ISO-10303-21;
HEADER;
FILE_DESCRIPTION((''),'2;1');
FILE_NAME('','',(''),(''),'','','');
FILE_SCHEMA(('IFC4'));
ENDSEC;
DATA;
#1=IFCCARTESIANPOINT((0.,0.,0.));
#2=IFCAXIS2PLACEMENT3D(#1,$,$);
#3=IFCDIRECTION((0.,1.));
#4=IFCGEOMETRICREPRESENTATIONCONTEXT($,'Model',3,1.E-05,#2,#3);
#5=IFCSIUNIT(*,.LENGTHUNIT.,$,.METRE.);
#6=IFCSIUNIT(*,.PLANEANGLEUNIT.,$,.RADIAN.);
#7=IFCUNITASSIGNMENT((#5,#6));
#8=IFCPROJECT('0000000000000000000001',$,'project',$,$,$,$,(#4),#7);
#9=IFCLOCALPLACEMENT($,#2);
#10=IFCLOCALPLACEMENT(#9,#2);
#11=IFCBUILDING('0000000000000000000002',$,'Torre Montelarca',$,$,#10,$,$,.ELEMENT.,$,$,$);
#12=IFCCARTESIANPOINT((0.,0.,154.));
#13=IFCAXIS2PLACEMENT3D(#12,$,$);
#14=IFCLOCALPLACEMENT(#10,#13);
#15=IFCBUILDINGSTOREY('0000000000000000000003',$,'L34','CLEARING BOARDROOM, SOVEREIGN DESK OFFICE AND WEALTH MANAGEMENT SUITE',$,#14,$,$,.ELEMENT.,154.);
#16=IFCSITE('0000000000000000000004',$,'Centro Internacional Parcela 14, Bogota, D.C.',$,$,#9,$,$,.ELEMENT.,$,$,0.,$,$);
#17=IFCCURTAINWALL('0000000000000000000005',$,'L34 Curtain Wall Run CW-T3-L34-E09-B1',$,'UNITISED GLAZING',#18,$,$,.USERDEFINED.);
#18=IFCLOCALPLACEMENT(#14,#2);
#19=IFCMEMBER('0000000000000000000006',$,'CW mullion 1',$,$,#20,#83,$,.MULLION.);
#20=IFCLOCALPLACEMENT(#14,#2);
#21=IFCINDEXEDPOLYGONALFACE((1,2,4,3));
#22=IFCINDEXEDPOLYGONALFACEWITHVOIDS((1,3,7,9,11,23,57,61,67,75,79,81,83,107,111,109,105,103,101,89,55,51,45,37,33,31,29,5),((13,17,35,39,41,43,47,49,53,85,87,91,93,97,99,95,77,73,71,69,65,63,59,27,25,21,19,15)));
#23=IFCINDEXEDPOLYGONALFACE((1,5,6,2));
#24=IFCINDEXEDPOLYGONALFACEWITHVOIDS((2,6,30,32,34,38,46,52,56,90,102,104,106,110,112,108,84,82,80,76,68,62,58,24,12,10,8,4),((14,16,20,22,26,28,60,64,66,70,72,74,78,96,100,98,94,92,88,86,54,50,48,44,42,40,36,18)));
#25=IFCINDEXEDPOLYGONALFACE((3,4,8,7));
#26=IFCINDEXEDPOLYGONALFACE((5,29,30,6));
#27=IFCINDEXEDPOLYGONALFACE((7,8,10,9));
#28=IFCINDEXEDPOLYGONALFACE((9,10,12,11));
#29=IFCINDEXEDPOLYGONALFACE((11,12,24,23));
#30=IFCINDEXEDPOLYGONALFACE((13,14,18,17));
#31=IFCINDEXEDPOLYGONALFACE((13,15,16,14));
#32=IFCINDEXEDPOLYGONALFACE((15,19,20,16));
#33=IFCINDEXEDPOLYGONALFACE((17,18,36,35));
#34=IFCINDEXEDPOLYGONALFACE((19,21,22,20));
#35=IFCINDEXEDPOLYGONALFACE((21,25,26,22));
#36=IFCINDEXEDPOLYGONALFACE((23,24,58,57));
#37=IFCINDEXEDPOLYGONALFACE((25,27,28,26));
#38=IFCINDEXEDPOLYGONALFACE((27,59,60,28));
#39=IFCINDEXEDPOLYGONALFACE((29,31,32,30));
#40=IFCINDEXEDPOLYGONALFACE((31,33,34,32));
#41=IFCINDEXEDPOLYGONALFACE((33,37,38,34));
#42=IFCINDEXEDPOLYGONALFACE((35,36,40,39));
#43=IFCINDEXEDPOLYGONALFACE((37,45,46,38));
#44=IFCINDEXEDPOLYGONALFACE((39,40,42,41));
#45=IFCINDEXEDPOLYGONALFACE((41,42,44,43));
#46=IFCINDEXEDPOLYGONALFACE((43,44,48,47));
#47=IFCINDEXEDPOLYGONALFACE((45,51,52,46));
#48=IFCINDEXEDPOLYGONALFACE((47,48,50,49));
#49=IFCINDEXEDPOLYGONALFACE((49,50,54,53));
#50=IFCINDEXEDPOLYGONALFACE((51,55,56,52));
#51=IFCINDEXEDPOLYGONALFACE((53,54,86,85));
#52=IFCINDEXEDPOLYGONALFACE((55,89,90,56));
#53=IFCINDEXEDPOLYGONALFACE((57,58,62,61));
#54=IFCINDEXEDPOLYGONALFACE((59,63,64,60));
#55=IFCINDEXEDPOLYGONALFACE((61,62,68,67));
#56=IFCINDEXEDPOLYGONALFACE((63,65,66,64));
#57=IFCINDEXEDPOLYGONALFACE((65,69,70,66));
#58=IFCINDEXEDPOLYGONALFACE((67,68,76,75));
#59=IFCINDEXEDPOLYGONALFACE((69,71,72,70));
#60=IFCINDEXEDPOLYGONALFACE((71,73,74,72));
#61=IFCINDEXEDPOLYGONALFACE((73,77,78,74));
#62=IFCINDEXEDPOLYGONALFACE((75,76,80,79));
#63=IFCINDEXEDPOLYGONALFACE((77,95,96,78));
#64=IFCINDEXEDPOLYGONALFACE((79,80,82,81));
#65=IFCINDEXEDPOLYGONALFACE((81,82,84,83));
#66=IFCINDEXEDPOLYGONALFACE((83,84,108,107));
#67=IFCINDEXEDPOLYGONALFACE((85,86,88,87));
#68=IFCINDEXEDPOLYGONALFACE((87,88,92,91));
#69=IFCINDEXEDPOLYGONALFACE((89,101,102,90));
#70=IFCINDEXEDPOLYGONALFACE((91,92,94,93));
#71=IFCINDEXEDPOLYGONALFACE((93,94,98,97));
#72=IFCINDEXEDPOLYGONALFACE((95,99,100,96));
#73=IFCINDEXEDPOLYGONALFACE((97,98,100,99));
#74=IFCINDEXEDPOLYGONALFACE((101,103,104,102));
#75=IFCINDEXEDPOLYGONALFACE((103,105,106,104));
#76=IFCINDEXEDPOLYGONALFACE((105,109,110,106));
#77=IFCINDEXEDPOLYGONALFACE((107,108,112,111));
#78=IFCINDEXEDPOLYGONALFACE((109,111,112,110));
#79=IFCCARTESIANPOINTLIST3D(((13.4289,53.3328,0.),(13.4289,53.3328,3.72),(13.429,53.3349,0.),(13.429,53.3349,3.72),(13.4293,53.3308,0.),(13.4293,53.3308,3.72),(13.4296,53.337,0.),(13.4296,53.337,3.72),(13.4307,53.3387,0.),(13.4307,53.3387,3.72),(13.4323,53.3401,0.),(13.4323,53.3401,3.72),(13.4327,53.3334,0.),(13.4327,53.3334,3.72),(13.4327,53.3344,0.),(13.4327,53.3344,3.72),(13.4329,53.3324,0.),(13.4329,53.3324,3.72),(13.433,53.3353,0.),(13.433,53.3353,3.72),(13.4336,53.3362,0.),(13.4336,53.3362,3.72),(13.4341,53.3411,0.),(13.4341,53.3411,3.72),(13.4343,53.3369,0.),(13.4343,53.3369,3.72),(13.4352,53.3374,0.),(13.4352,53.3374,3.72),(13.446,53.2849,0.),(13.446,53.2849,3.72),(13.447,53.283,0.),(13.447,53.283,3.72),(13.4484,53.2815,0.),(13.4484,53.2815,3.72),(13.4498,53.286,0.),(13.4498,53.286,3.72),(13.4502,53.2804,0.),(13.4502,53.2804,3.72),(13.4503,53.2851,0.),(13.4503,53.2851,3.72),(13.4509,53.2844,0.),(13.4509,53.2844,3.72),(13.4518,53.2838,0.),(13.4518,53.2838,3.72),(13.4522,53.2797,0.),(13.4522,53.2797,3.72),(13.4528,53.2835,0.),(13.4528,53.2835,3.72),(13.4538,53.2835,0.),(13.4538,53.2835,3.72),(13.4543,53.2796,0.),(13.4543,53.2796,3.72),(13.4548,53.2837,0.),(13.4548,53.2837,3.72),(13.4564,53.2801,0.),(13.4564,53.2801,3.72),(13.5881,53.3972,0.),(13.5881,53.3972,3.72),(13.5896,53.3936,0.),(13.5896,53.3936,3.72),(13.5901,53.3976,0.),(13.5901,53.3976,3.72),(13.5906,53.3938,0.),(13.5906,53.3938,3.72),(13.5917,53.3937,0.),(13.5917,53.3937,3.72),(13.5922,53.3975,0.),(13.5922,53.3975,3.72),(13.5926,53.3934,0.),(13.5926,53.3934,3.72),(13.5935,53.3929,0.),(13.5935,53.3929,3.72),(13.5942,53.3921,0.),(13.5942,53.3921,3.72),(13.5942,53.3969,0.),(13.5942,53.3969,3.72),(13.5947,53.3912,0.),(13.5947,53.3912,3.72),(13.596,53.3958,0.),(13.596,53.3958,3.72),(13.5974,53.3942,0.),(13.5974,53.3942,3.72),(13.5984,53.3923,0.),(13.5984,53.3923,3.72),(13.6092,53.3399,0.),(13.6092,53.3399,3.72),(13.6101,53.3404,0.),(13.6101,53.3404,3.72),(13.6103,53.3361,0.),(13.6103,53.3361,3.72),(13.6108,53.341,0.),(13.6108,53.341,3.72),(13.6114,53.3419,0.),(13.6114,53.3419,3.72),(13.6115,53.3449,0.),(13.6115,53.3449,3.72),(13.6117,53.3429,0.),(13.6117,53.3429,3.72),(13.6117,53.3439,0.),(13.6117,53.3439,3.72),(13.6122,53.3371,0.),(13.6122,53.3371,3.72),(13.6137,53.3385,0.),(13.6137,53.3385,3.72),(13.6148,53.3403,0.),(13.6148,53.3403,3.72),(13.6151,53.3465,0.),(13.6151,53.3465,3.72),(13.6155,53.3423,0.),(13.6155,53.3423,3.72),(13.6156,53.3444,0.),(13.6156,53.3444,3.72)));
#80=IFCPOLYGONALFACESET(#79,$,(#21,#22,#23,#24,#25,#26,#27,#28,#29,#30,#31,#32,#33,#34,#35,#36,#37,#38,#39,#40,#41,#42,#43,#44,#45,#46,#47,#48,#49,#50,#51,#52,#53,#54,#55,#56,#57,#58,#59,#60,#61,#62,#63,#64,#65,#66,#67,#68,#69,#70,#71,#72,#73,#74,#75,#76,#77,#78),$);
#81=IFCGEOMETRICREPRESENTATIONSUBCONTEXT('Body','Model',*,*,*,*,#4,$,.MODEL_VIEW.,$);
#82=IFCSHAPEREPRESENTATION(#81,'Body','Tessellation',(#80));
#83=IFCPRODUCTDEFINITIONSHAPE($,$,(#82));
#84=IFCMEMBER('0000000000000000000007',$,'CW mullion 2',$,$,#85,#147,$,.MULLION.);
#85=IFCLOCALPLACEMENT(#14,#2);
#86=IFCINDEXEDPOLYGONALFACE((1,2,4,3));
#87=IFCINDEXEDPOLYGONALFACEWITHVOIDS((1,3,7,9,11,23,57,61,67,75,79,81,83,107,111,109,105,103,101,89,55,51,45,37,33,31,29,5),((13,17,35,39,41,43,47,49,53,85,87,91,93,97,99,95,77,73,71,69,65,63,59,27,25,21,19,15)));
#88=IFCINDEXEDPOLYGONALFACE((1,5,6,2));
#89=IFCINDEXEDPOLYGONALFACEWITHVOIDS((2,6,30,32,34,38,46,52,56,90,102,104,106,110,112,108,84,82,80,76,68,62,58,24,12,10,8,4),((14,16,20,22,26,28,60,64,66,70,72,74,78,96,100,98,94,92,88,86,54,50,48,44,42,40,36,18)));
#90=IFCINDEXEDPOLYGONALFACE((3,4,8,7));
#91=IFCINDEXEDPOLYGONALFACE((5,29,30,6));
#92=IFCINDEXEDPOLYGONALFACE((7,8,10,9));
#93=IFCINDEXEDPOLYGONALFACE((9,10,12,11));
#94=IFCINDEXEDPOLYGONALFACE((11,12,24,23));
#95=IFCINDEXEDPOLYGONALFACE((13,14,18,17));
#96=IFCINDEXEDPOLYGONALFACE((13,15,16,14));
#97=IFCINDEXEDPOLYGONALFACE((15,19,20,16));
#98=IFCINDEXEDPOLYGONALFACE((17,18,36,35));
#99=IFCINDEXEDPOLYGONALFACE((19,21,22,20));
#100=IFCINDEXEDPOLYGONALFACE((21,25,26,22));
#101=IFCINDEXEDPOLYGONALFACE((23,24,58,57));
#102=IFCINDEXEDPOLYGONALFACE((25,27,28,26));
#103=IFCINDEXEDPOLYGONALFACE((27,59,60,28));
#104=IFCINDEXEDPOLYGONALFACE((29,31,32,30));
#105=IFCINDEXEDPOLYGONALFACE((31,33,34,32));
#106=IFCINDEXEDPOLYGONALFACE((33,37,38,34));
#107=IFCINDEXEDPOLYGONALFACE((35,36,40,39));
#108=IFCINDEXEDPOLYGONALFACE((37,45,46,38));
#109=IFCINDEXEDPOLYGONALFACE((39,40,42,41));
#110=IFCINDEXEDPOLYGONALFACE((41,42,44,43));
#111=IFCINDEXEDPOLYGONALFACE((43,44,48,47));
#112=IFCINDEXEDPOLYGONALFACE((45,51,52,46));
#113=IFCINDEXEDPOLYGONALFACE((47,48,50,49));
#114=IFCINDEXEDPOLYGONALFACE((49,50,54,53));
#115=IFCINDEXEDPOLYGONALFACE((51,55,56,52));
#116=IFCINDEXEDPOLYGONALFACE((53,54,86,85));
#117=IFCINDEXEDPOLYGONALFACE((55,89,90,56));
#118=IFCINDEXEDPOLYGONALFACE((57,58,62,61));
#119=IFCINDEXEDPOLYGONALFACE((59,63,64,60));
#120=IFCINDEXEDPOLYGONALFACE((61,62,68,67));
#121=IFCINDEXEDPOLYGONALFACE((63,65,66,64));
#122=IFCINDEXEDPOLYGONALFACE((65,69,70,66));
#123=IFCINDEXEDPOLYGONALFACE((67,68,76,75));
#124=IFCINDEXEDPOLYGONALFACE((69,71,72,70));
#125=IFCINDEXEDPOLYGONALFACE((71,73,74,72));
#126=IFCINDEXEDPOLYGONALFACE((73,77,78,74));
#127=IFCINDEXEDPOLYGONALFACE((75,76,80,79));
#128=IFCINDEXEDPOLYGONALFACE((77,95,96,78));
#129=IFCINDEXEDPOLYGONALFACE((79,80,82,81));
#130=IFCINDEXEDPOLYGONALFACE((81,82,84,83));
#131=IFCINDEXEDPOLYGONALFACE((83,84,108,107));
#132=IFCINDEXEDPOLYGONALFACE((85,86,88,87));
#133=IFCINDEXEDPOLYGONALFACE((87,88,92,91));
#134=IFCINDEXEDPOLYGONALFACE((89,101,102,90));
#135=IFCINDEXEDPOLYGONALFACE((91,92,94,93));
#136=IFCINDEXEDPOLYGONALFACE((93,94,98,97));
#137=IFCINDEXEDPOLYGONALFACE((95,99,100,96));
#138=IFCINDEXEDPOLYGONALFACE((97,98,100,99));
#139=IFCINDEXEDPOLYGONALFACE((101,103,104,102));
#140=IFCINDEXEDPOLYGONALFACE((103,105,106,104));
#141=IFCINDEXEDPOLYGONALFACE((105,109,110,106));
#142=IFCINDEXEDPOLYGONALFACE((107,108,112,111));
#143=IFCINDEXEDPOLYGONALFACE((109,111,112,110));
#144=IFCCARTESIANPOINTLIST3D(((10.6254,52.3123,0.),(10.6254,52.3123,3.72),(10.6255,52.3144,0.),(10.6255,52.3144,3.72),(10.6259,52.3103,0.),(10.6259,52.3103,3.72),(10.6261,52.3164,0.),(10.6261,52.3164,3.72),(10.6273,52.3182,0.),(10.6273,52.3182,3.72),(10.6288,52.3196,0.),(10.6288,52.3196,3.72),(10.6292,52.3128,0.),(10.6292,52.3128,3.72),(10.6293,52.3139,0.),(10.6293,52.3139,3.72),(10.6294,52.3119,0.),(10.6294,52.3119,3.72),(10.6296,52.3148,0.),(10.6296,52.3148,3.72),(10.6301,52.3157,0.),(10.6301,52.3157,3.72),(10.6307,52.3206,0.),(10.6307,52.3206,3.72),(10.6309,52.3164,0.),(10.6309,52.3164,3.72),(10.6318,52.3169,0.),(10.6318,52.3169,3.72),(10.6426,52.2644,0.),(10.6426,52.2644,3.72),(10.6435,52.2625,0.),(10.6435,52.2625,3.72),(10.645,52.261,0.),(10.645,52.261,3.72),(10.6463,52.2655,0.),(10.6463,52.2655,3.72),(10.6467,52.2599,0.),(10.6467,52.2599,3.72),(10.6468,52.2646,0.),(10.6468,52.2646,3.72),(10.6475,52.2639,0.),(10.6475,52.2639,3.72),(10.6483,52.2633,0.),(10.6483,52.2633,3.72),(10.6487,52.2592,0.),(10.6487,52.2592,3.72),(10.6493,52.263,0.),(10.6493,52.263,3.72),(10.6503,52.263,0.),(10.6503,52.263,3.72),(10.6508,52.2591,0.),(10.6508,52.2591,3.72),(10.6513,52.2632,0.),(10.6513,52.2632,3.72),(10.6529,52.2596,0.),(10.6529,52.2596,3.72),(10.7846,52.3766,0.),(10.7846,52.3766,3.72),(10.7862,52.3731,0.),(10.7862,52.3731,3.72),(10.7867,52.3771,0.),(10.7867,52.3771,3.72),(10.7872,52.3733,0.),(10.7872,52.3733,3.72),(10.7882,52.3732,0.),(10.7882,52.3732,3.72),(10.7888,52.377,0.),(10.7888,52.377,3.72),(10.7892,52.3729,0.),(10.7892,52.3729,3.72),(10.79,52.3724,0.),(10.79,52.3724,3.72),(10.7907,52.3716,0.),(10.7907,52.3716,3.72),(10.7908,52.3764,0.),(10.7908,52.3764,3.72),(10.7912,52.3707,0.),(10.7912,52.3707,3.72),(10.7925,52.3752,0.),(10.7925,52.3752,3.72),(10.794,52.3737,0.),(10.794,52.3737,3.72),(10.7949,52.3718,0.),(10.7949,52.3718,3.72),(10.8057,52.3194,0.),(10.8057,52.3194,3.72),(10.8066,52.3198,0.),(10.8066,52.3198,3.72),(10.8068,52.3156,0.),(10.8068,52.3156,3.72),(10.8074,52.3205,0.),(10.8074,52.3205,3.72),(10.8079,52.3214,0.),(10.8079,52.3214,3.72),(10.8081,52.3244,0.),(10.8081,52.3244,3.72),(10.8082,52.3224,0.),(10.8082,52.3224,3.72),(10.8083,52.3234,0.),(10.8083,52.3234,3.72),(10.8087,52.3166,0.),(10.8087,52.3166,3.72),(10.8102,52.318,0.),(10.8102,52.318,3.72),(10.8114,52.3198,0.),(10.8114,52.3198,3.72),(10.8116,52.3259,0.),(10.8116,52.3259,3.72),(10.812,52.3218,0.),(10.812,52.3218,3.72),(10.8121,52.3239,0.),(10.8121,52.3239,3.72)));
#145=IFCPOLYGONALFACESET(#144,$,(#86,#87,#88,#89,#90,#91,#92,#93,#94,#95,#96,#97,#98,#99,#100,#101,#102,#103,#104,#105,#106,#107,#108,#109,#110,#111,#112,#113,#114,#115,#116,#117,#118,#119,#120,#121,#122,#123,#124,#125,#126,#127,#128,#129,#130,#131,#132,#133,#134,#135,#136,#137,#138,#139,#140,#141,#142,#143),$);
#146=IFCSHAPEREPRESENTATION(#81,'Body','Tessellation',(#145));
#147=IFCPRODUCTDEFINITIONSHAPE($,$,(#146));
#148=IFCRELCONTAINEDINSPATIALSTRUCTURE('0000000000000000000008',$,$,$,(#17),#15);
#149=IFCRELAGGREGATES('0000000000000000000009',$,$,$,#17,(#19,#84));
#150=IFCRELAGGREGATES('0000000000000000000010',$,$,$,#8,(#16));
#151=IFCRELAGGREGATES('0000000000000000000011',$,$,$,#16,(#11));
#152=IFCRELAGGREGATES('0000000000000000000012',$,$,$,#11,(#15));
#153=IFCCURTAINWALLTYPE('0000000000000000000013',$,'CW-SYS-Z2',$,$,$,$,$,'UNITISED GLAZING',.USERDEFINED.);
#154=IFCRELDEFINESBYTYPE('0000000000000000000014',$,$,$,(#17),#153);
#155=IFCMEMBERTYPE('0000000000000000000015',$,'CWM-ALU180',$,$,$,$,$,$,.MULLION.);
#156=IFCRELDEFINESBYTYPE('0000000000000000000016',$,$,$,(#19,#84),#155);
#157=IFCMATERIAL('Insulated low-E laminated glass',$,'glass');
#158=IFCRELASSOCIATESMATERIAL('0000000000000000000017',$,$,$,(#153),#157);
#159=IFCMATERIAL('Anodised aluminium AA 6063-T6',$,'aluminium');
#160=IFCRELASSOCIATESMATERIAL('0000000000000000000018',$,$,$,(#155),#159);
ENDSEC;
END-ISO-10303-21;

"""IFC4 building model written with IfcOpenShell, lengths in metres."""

from ifc_helpers import new_model, si_unit, direction, frame, origin, origin_2d, place, context, subcontext, project, spatial, hollow_rectangle, extrude, source, transform, mapped, material, material_profile, profile_set, type_object, element, aggregate, save


model = new_model("IFC4")

# Units and contexts
model_context = context("Model", 3, precision=1e-05, world=origin(), true_north=direction((0.0, 1.0)))
body_context = subcontext(model_context, "Body", "Model", "MODEL_VIEW")
ifc_project = project(units=[si_unit("LENGTHUNIT", "METRE"), si_unit("PLANEANGLEUNIT", "RADIAN")], contexts=[model_context])

# Site, building, storey
site_placement = place(None, origin())
site = spatial("IfcSite", under=ifc_project, at=site_placement, Name="Centro Internacional Parcela 14, Bogota, D.C.", CompositionType="ELEMENT", RefElevation=0.0)
building_placement = place(site_placement, origin())
building = spatial("IfcBuilding", under=site, at=building_placement, Name="Torre Montelarca", CompositionType="ELEMENT")
storey_placement = place(building_placement, frame((0.0, 0.0, 154.0)))
storey = spatial("IfcBuildingStorey", under=building, at=storey_placement, Name="L34", Description="CLEARING BOARDROOM, SOVEREIGN DESK OFFICE AND WEALTH MANAGEMENT SUITE", CompositionType="ELEMENT", Elevation=154.0)

# Curtain wall
ifc_material_1 = material(Name="Insulated low-E laminated glass", Category="glass")
curtain_wall_type = type_object("IfcCurtainWallType", Name="CW-SYS-Z2", ElementType="UNITISED GLAZING", PredefinedType="USERDEFINED", material=ifc_material_1)
curtain_wall_1_placement = place(storey_placement, origin())
curtain_wall_1 = element("IfcCurtainWall", 1, at=curtain_wall_1_placement, inside=storey, type_object=curtain_wall_type, Name="L34 Curtain Wall Run CW-T3-L34-E09-B1", ObjectType="UNITISED GLAZING", PredefinedType="USERDEFINED")
ifc_material_2 = material(Name="Anodised aluminium AA 6063-T6", Category="aluminium")
ifc_material_profile_1 = material_profile(ifc_material_2, hollow_rectangle(XDim=0.0649, YDim=0.1799, WallThickness=0.0039, InnerFilletRadius=0.0039, OuterFilletRadius=0.0081, at=origin_2d()), Name="ALU65X180X4", Category="aluminium")
ifc_profile_set_1 = profile_set([ifc_material_profile_1], Name="Anodised aluminium AA 6063-T6")
member_type_1 = type_object("IfcMemberType", Name="CWM-ALU180", PredefinedType="MULLION", material=ifc_profile_set_1)
shared_shape_1 = source(origin(), body_context, "Body", "SweptSolid", [
    extrude(hollow_rectangle(XDim=0.0649, YDim=0.1799, WallThickness=0.0039, InnerFilletRadius=0.0039, OuterFilletRadius=0.0081, at=origin_2d()), origin(), (0.0, 0.0, 1.0), 3.72),
])

# Members
member_1_placement = place(storey_placement, frame((13.5222, 53.3386, 0.0), z_axis=(0.0, 0.0, 1.0), x_axis=(0.342021, -0.939692, 0.0)))
member_1 = element("IfcMember", 2, at=member_1_placement, type_object=member_type_1, Name="CW mullion 1", PredefinedType="MULLION", context=body_context, shape_type="MappedRepresentation", body=[
    mapped(shared_shape_1, transform((0.0, 0.0, 0.0), scale=1.0)),
])
member_2_placement = place(storey_placement, frame((10.7188, 52.3181, 0.0), z_axis=(0.0, 0.0, 1.0), x_axis=(0.342021, -0.939692, 0.0)))
member_2 = element("IfcMember", 3, at=member_2_placement, type_object=member_type_1, Name="CW mullion 2", PredefinedType="MULLION", context=body_context, shape_type="MappedRepresentation", body=[
    mapped(shared_shape_1, transform((0.0, 0.0, 0.0), scale=1.0)),
])

aggregate(curtain_wall_1, [member_1, member_2])

save(model, "model.ifc")
